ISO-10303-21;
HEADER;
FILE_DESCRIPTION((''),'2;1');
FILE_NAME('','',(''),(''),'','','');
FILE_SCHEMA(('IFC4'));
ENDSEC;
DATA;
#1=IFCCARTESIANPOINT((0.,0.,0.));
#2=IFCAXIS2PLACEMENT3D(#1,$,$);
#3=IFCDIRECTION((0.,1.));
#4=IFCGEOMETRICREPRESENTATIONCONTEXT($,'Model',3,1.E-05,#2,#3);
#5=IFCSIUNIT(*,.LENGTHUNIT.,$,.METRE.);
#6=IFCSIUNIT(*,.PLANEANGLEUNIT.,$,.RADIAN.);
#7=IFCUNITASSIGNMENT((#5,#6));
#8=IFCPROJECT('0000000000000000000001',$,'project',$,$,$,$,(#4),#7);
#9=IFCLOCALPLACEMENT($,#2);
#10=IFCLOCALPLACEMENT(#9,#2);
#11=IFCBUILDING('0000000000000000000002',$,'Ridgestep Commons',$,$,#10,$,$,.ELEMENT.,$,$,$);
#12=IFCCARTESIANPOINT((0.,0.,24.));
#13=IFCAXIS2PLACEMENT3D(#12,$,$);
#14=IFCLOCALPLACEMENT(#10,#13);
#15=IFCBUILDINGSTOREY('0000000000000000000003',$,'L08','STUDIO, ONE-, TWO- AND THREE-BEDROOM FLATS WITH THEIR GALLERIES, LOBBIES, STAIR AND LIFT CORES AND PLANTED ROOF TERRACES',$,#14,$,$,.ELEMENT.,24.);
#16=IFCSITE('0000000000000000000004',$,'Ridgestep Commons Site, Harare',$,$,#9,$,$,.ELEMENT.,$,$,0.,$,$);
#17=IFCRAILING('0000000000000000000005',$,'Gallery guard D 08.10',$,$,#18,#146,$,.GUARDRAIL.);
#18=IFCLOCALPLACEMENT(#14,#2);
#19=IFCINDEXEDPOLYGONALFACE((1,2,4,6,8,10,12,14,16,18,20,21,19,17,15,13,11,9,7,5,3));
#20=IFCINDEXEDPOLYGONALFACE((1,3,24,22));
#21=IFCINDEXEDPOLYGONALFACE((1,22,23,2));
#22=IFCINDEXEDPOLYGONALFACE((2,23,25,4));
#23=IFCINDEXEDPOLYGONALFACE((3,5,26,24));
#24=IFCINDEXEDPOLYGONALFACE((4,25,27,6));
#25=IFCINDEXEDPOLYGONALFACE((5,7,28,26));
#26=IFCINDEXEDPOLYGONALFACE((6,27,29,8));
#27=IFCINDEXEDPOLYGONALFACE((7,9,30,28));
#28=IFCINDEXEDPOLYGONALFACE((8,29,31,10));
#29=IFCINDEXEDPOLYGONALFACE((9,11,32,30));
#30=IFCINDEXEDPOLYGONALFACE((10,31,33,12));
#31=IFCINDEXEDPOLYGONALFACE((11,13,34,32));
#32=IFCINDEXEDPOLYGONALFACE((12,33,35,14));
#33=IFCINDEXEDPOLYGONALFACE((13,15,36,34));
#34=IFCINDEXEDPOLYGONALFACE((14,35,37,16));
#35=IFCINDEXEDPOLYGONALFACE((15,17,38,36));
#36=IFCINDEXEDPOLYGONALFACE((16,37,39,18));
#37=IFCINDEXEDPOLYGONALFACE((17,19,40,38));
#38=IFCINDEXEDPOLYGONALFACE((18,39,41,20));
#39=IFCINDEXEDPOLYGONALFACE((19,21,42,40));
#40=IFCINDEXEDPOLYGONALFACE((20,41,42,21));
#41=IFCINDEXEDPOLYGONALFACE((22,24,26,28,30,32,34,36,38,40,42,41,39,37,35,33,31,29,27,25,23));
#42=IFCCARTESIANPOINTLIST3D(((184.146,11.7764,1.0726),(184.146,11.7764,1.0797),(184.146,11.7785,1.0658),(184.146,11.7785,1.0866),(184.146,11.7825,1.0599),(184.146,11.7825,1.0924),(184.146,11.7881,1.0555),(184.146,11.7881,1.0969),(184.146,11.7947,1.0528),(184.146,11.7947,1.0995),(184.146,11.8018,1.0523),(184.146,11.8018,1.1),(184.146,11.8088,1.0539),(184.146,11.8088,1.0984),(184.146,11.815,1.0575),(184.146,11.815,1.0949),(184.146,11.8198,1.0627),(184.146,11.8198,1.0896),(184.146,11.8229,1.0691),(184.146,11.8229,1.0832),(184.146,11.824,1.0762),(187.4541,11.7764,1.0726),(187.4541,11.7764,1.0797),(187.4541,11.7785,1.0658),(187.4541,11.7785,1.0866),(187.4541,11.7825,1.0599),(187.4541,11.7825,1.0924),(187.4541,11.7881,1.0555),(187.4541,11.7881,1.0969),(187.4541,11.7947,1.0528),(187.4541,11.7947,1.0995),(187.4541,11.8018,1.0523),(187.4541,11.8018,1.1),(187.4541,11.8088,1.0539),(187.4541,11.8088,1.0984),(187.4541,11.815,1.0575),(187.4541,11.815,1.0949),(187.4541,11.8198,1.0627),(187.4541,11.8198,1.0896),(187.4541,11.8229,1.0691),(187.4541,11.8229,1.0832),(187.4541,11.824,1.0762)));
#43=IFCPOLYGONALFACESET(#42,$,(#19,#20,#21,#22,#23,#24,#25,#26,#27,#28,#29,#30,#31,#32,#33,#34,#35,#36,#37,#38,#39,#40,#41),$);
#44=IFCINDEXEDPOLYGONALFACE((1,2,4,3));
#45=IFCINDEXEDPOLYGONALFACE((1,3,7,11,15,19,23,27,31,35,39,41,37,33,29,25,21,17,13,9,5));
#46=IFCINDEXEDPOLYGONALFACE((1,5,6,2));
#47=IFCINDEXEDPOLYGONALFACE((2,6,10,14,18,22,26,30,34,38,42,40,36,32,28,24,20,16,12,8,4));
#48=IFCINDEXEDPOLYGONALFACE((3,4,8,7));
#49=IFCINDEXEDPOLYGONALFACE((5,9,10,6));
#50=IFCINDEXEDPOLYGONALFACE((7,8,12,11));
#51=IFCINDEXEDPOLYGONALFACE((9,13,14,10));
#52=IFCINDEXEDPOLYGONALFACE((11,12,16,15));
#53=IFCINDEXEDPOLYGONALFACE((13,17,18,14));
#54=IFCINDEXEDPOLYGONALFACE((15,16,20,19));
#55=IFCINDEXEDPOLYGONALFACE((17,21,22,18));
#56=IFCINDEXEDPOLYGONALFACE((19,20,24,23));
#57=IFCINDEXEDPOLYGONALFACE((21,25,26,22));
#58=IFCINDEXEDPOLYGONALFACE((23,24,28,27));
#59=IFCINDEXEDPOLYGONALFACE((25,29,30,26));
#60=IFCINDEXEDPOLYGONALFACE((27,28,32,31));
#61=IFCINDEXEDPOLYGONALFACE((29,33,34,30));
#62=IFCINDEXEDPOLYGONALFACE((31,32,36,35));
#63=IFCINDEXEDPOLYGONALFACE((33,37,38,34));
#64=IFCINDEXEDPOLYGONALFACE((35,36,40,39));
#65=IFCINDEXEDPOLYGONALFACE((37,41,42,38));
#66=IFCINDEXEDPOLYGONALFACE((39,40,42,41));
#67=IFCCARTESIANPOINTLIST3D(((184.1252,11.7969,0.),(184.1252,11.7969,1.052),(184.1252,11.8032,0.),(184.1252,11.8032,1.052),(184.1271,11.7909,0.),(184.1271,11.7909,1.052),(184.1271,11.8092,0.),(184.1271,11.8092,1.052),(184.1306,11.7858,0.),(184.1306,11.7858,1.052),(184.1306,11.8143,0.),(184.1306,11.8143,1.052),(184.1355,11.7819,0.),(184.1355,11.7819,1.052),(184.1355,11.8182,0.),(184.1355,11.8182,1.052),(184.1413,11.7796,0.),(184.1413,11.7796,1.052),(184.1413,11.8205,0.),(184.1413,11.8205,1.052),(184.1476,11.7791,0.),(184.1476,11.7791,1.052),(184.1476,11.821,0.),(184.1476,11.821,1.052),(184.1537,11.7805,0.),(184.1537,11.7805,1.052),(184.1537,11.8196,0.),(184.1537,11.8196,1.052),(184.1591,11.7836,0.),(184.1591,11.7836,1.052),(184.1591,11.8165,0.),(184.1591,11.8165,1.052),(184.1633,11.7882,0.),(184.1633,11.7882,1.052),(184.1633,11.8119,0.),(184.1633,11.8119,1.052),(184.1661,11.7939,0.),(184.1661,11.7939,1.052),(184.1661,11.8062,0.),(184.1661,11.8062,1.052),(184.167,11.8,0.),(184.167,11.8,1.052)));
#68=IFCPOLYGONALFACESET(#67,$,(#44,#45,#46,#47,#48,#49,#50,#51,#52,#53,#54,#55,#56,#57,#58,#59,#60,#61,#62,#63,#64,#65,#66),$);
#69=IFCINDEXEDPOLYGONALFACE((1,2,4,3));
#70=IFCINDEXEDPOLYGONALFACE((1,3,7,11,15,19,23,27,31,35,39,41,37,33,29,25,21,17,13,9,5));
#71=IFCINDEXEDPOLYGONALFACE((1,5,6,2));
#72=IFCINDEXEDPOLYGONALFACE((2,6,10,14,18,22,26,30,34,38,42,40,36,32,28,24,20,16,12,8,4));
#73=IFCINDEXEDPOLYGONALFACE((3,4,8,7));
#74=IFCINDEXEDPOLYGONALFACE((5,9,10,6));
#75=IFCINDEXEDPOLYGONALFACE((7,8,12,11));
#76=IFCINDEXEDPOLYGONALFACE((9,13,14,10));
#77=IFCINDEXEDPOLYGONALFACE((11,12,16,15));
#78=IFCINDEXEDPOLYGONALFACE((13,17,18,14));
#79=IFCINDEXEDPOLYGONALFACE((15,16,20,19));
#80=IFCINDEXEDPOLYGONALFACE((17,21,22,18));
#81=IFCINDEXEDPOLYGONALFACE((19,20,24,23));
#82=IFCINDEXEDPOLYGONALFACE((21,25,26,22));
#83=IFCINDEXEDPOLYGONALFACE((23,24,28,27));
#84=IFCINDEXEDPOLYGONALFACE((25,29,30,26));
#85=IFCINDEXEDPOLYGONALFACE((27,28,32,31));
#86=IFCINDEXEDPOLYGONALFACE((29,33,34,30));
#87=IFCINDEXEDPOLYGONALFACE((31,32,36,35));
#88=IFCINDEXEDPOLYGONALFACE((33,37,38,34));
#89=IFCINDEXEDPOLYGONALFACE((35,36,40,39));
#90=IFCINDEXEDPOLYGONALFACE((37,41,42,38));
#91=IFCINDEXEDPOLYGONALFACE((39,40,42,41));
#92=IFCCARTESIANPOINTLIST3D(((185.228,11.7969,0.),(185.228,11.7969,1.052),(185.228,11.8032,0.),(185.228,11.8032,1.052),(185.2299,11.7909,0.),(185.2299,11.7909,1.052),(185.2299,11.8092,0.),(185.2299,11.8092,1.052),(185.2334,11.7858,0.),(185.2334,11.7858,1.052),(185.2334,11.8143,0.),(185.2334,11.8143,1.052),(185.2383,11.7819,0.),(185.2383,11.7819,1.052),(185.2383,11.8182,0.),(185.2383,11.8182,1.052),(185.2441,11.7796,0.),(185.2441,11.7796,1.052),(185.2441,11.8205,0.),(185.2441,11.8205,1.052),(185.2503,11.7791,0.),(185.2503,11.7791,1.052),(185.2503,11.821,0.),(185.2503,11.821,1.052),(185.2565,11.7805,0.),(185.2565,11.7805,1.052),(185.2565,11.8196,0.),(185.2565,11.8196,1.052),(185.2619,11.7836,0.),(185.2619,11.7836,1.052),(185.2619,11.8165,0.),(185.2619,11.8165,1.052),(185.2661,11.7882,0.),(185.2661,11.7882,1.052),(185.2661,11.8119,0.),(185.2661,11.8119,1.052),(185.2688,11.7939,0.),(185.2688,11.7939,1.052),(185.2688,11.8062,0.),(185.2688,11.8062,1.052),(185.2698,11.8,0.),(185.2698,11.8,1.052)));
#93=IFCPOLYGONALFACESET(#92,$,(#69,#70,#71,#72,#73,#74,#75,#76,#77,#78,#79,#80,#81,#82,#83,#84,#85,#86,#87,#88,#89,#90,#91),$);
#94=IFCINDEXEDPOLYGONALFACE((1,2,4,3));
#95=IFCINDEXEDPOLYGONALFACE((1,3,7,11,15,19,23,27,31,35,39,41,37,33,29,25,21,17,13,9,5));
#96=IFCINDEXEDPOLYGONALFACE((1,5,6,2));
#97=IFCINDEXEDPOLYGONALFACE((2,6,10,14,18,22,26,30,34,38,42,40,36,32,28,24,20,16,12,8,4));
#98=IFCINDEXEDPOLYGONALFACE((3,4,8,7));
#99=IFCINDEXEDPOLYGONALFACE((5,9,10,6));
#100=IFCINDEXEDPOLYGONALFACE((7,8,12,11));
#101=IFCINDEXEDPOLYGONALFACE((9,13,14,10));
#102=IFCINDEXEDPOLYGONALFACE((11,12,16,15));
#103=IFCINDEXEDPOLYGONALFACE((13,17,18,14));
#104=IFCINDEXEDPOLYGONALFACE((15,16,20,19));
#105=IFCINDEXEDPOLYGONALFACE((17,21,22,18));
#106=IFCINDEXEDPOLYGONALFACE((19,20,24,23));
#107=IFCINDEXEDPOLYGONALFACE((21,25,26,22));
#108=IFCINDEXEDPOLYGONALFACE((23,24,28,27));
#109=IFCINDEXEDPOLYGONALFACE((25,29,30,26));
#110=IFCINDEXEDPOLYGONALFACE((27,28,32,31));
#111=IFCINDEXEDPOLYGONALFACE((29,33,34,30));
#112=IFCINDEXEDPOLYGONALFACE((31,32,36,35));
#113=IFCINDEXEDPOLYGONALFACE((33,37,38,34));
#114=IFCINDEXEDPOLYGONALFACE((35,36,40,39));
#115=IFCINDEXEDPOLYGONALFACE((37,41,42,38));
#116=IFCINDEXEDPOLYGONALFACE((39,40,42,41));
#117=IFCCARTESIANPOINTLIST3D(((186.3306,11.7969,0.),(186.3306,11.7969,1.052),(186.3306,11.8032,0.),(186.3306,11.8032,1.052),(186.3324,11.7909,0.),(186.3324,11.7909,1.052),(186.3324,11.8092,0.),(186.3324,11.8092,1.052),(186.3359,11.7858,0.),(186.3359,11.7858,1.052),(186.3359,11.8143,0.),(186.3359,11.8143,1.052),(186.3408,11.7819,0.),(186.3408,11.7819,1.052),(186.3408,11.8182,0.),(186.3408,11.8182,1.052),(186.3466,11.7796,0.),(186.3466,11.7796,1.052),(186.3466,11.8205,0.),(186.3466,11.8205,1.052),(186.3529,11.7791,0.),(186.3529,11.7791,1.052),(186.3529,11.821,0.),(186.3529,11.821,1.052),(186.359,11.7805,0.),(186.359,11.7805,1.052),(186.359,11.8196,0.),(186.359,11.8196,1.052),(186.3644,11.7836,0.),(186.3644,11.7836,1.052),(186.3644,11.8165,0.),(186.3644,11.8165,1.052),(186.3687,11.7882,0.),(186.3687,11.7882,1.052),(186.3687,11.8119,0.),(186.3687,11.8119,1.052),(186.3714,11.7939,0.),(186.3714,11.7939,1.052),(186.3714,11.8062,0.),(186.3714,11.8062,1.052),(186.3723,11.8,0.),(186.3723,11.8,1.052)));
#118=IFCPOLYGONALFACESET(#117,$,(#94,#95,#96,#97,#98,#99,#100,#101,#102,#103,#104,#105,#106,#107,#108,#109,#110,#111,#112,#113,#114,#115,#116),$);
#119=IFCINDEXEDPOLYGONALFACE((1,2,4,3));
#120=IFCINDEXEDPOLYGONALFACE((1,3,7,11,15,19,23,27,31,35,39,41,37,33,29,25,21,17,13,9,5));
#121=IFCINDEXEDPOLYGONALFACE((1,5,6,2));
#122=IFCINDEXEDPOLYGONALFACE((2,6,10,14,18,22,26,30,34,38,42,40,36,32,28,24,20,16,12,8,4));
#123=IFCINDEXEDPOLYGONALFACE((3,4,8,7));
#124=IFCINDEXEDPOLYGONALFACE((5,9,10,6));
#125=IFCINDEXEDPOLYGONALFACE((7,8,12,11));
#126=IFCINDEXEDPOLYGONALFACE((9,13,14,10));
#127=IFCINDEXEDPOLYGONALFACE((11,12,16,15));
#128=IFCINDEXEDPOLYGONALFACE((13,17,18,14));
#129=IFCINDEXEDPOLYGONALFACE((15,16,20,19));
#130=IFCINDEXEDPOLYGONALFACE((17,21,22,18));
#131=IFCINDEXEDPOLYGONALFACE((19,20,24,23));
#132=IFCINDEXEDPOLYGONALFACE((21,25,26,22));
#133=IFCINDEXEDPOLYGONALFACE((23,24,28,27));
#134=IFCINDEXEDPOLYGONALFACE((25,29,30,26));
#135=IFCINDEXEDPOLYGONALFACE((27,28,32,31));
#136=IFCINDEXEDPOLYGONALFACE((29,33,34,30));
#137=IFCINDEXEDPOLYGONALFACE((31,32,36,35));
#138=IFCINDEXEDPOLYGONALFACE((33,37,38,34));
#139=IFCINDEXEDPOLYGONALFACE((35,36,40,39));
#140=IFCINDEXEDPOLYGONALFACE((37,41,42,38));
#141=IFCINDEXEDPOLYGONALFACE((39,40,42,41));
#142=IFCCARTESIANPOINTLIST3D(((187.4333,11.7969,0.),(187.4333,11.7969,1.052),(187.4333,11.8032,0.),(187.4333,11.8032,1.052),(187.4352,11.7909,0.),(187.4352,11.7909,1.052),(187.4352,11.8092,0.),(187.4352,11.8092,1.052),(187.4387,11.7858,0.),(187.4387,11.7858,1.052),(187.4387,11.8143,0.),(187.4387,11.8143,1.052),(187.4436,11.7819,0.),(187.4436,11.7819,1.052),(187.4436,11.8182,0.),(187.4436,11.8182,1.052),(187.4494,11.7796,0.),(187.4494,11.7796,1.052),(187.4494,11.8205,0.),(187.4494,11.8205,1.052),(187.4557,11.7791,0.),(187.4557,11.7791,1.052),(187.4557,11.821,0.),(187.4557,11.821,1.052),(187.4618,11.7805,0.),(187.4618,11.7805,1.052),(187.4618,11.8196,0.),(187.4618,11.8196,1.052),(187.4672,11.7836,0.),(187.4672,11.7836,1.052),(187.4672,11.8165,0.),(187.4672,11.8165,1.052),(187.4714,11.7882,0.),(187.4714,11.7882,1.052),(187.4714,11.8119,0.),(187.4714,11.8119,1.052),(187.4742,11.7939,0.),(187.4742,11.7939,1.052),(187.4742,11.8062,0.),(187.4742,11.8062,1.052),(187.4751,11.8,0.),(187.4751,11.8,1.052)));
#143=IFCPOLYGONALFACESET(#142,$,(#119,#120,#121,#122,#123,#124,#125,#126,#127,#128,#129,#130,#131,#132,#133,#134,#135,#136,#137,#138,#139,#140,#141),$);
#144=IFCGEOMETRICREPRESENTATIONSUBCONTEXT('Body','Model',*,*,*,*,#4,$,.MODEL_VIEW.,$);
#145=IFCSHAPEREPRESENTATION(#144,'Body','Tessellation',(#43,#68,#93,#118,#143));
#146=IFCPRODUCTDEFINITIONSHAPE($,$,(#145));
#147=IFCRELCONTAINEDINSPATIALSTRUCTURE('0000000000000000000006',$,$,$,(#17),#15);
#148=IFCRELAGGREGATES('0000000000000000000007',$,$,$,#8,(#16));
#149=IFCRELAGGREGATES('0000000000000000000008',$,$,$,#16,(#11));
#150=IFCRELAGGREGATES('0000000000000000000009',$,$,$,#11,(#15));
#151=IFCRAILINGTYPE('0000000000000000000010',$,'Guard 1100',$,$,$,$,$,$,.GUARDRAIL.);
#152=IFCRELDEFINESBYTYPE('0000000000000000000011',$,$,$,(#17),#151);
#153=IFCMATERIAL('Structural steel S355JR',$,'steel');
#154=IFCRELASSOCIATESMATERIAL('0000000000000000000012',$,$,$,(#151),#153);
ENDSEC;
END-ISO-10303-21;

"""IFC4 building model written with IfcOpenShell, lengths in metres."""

from ifc_helpers import new_model, si_unit, direction, frame, origin, origin_2d, place, context, subcontext, project, spatial, circle, extrude, material, type_object, element, save


model = new_model("IFC4")

# Units and contexts
model_context = context("Model", 3, precision=1e-05, world=origin(), true_north=direction((0.0, 1.0)))
body_context = subcontext(model_context, "Body", "Model", "MODEL_VIEW")
ifc_project = project(units=[si_unit("LENGTHUNIT", "METRE"), si_unit("PLANEANGLEUNIT", "RADIAN")], contexts=[model_context])

# Site, building, storey
site_placement = place(None, origin())
site = spatial("IfcSite", under=ifc_project, at=site_placement, Name="Ridgestep Commons Site, Harare", CompositionType="ELEMENT", RefElevation=0.0)
building_placement = place(site_placement, origin())
building = spatial("IfcBuilding", under=site, at=building_placement, Name="Ridgestep Commons", CompositionType="ELEMENT")
storey_placement = place(building_placement, frame((0.0, 0.0, 24.0)))
storey = spatial("IfcBuildingStorey", under=building, at=storey_placement, Name="L08", Description="STUDIO, ONE-, TWO- AND THREE-BEDROOM FLATS WITH THEIR GALLERIES, LOBBIES, STAIR AND LIFT CORES AND PLANTED ROOF TERRACES", CompositionType="ELEMENT", Elevation=24.0)

# Railing
ifc_material_1 = material(Name="Structural steel S355JR", Category="steel")
railing_type = type_object("IfcRailingType", Name="Guard 1100", PredefinedType="GUARDRAIL", material=ifc_material_1)
railing_1_placement = place(storey_placement, frame((184.146, 11.8, 0.0)))
element("IfcRailing", 1, at=railing_1_placement, inside=storey, type_object=railing_type, Name="Gallery guard D 08.10", PredefinedType="GUARDRAIL", context=body_context, shape_type="SweptSolid", body=[
    extrude(circle(Radius=0.0239, at=origin_2d()), frame((0.0, 0.0, 1.0762), z_axis=(1.0, 0.0, 0.0), x_axis=(0.0, 1.0, 0.0)), (0.0, 0.0, 1.0), 3.3081),
    extrude(circle(Radius=0.021, at=origin_2d()), origin(), (0.0, 0.0, 1.0), 1.052),
    extrude(circle(Radius=0.021, at=origin_2d()), frame((1.1028, 0.0, 0.0)), (0.0, 0.0, 1.0), 1.052),
    extrude(circle(Radius=0.021, at=origin_2d()), frame((2.2053, 0.0, 0.0)), (0.0, 0.0, 1.0), 1.052),
    extrude(circle(Radius=0.021, at=origin_2d()), frame((3.3081, 0.0, 0.0)), (0.0, 0.0, 1.0), 1.052),
])

save(model, "model.ifc")
